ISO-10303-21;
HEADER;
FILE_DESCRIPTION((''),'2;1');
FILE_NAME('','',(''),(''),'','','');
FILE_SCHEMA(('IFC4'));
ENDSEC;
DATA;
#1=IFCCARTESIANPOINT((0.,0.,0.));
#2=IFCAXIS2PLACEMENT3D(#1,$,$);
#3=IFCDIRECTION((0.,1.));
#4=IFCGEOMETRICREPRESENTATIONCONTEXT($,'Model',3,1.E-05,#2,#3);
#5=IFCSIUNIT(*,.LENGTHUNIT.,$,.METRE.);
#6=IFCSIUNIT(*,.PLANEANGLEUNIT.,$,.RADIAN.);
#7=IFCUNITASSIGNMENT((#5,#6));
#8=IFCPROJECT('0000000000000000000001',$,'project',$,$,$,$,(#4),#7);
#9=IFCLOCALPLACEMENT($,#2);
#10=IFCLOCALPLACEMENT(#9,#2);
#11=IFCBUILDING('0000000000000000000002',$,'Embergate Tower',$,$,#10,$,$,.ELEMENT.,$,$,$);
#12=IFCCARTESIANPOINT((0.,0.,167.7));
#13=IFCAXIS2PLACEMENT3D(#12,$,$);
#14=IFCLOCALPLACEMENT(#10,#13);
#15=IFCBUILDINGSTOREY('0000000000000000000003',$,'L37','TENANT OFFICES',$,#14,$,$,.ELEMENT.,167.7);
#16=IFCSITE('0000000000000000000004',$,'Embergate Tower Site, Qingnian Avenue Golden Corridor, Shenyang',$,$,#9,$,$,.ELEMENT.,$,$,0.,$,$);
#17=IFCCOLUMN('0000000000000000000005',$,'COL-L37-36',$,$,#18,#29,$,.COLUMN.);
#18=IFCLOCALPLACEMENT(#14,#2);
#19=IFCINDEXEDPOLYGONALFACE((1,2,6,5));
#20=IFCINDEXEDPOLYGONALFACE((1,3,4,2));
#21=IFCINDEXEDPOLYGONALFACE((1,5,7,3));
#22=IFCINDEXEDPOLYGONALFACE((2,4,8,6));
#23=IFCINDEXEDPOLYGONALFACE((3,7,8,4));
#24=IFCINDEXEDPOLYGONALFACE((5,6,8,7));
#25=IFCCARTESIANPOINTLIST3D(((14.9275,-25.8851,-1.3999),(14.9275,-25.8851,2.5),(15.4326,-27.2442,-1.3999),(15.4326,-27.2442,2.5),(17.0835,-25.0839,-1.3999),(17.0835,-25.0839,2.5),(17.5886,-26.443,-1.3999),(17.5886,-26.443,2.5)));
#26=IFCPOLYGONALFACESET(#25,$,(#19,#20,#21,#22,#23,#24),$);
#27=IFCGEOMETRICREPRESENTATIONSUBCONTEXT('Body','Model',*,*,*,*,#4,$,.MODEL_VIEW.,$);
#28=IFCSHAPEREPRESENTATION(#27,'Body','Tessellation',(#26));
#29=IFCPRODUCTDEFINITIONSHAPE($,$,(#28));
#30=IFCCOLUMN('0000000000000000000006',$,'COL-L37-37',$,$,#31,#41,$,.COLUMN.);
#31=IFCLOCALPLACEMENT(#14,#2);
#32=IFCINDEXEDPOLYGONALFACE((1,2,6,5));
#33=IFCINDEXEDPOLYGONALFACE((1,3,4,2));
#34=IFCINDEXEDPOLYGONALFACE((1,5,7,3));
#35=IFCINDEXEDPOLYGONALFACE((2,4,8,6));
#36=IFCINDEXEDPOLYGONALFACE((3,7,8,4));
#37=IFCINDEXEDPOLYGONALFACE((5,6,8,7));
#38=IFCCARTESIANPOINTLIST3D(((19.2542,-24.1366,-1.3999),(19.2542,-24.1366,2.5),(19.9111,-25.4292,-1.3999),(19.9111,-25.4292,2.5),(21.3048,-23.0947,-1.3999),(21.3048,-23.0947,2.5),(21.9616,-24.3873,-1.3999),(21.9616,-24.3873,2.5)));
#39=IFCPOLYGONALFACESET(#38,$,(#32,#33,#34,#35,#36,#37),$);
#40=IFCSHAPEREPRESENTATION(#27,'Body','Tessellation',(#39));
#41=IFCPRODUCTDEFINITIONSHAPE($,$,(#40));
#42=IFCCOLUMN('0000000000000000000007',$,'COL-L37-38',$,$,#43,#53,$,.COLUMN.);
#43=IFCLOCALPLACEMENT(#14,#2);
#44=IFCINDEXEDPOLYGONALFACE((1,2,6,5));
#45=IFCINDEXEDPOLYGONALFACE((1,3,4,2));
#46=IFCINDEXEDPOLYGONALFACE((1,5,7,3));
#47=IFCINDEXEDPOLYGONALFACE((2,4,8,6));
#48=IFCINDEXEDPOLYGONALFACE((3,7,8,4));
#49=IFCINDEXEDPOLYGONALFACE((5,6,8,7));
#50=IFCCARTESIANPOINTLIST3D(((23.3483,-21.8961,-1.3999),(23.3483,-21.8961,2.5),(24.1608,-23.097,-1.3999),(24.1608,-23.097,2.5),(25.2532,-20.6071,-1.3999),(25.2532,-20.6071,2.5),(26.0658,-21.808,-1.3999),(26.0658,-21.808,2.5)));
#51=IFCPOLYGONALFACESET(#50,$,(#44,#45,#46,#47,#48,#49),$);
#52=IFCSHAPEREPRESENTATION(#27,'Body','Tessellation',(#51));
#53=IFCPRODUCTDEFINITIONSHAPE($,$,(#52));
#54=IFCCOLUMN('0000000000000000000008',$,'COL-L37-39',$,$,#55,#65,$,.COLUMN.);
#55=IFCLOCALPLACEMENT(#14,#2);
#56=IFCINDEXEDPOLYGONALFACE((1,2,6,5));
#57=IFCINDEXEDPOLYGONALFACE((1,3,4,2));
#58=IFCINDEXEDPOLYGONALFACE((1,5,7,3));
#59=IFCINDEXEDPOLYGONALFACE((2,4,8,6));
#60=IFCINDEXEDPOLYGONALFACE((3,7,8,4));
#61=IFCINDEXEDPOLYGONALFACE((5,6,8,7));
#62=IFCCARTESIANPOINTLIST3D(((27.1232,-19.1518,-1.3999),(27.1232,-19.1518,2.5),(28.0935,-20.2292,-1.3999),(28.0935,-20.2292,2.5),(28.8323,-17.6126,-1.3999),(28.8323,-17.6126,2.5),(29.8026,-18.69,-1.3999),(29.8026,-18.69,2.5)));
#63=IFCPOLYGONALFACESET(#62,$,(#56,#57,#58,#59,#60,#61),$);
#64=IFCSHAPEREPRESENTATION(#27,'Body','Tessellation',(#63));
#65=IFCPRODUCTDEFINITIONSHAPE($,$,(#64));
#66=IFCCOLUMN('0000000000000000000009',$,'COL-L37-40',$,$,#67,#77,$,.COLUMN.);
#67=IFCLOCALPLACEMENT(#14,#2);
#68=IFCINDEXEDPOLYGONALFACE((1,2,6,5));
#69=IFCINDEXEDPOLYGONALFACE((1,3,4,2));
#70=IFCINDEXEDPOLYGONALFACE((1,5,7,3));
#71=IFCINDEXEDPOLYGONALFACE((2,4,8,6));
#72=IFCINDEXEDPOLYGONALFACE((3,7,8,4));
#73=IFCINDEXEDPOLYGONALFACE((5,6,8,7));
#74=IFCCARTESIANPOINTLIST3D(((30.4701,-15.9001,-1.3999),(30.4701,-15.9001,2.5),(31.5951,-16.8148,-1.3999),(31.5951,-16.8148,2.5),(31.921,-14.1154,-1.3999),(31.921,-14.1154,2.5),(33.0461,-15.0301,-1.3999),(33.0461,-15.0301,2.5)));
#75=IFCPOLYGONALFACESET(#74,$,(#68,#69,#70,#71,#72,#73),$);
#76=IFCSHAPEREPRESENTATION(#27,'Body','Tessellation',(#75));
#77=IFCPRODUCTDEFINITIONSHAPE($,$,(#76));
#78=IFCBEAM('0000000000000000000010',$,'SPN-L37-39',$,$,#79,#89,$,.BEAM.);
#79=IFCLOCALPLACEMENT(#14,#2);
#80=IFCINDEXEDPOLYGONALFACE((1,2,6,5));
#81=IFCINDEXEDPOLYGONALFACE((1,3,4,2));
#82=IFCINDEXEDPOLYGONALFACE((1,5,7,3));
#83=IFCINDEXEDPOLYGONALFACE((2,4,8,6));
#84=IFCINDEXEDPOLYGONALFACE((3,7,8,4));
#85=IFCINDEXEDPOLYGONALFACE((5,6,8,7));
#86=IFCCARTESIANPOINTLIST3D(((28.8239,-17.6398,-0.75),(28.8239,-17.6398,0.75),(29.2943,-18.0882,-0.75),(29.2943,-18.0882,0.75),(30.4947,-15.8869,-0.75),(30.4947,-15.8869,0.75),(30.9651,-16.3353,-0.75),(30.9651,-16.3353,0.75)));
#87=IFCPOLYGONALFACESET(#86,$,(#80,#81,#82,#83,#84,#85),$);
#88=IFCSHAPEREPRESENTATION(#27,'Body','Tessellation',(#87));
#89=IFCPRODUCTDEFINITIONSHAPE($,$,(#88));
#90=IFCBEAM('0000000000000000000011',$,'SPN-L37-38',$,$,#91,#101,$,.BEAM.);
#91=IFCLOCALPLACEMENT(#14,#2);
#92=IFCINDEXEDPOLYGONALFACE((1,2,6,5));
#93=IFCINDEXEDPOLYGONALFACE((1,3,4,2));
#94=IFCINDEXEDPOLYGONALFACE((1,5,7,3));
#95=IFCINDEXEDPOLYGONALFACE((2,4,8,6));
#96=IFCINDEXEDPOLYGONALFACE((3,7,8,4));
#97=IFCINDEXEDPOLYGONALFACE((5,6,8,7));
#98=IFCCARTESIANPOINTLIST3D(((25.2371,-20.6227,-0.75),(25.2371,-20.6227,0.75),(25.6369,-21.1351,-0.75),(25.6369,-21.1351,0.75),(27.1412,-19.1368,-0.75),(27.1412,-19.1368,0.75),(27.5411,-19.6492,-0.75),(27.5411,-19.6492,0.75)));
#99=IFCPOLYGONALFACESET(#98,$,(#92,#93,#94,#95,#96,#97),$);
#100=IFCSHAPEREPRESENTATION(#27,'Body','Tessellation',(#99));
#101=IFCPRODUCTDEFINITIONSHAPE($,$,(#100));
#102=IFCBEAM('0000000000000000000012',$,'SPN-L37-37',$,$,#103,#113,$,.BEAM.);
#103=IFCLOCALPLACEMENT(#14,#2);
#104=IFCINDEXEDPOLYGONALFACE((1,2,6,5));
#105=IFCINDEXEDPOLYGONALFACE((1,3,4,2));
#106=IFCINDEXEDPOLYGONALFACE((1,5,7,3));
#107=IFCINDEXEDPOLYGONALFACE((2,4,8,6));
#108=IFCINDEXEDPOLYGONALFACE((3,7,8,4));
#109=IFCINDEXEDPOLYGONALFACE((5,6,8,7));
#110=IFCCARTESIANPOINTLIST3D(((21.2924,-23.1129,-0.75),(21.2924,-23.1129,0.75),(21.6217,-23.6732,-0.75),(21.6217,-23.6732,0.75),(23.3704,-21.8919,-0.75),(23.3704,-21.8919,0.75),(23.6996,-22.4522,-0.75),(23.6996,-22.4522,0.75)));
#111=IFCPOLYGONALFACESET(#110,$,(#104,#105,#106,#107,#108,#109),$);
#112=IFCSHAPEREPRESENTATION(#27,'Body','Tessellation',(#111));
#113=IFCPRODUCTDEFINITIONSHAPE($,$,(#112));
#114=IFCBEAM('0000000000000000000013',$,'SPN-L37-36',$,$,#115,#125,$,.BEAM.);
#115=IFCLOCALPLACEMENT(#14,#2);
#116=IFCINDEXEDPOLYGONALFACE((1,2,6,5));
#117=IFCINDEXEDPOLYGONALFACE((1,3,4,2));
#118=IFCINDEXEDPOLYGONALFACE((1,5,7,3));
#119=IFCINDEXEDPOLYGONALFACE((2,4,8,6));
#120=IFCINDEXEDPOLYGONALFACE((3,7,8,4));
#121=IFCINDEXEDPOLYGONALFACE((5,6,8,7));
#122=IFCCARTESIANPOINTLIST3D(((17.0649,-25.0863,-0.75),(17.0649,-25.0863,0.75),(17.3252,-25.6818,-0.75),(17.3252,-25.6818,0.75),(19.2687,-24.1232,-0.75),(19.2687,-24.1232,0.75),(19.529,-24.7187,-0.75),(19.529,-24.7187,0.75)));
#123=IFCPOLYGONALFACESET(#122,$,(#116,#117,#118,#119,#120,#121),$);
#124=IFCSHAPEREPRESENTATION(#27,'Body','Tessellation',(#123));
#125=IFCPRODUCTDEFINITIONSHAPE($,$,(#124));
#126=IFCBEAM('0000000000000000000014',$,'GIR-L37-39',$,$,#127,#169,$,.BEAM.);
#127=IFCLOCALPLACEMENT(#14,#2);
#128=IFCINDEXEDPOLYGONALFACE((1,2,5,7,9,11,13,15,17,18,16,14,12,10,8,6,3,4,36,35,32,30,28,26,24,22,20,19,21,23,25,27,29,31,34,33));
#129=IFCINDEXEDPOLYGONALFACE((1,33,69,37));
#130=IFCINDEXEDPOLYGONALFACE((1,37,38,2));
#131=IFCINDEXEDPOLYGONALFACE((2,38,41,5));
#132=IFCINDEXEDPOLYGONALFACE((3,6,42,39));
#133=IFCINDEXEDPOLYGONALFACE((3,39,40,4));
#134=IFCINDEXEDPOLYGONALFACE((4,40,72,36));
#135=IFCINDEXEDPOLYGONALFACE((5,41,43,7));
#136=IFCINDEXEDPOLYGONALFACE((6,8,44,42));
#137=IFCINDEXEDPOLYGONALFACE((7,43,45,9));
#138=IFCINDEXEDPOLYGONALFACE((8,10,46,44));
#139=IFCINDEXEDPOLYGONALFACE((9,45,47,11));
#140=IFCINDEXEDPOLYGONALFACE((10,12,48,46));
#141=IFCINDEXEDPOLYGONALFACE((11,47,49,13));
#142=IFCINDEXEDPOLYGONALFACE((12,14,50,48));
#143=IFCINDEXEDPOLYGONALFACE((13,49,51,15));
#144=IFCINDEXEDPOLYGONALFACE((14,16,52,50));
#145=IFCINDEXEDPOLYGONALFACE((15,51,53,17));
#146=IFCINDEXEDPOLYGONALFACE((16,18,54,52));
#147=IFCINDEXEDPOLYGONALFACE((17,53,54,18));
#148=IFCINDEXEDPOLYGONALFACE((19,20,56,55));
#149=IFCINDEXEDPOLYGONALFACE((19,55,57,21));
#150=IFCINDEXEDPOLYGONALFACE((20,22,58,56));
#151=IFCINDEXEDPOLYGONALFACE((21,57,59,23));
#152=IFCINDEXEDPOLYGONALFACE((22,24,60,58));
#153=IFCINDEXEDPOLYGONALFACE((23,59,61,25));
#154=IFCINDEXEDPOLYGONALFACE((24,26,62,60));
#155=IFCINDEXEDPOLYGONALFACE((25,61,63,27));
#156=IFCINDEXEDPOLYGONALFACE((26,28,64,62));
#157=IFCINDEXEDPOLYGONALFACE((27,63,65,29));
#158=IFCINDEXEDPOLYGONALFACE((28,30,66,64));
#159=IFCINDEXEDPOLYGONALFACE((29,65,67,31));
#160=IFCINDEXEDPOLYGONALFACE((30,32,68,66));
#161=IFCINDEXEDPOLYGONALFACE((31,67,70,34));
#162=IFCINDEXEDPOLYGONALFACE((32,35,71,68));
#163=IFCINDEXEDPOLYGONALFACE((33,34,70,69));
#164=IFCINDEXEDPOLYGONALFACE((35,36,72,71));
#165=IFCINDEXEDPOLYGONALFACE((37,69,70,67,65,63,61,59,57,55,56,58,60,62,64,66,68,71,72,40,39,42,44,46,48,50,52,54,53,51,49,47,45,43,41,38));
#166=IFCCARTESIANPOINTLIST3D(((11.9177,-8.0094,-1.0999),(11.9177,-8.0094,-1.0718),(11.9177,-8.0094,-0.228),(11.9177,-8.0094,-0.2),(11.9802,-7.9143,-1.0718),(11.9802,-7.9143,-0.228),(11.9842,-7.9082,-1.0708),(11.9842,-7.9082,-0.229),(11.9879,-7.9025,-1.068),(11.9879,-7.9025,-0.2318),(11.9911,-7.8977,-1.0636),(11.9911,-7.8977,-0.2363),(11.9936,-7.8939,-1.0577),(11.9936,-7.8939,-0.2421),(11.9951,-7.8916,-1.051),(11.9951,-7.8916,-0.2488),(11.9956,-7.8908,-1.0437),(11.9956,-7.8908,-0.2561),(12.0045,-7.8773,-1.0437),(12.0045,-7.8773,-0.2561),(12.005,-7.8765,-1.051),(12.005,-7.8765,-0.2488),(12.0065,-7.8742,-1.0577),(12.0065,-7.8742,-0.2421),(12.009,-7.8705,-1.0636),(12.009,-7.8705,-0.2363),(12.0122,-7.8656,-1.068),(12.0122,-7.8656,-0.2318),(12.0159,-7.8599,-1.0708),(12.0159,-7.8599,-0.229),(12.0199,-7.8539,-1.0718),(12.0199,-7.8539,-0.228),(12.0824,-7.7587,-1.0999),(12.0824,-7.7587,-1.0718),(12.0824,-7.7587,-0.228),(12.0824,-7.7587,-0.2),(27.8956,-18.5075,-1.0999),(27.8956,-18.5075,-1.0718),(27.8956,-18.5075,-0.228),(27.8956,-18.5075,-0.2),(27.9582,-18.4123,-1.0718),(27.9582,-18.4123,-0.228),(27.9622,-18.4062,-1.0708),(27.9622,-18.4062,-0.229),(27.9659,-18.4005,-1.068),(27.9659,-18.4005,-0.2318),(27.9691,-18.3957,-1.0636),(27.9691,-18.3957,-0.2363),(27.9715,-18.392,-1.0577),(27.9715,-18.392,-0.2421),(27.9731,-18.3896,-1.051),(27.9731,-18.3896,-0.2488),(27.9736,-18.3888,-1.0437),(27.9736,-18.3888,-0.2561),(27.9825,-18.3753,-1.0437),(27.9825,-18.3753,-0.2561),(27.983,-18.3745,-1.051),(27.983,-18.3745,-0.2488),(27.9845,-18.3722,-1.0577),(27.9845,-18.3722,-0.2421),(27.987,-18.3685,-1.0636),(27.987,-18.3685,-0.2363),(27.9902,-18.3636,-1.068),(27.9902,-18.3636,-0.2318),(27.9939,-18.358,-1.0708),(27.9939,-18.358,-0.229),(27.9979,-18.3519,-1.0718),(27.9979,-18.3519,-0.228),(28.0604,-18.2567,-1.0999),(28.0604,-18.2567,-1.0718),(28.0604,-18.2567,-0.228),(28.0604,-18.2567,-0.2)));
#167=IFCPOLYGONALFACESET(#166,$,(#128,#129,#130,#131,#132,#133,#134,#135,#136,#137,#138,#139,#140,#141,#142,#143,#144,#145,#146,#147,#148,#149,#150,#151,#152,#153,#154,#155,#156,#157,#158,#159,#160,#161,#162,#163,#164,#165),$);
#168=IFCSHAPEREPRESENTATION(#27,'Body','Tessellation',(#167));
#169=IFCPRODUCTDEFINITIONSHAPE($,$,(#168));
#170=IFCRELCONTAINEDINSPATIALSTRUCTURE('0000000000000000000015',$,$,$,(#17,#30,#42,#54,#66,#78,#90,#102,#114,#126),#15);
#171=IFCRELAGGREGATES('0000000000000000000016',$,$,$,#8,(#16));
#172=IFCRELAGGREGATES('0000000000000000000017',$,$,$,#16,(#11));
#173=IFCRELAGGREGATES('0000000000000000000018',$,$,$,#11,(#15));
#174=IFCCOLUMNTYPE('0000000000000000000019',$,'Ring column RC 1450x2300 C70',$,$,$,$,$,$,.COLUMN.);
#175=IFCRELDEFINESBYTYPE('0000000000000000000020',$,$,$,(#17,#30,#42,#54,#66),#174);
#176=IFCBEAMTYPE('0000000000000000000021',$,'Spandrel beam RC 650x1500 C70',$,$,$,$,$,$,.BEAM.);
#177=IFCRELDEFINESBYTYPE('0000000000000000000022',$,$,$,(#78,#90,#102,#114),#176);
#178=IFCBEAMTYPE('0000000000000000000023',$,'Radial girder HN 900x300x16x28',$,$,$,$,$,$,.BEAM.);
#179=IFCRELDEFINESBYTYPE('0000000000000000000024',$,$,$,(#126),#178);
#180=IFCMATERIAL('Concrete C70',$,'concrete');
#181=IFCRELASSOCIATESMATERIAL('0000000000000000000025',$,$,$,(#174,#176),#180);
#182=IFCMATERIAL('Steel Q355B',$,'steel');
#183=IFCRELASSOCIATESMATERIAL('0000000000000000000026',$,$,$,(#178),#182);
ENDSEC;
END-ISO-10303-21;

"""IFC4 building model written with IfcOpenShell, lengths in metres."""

from ifc_helpers import new_model, si_unit, direction, frame, origin, origin_2d, place, context, subcontext, project, spatial, rectangle, i_section, extrude, source, transform, mapped, material, material_profile, profile_set, type_object, element, save


model = new_model("IFC4")

# Units and contexts
model_context = context("Model", 3, precision=1e-05, world=origin(), true_north=direction((0.0, 1.0)))
body_context = subcontext(model_context, "Body", "Model", "MODEL_VIEW")
ifc_project = project(units=[si_unit("LENGTHUNIT", "METRE"), si_unit("PLANEANGLEUNIT", "RADIAN")], contexts=[model_context])

# Site, building, storey
site_placement = place(None, origin())
site = spatial("IfcSite", under=ifc_project, at=site_placement, Name="Embergate Tower Site, Qingnian Avenue Golden Corridor, Shenyang", CompositionType="ELEMENT", RefElevation=0.0)
building_placement = place(site_placement, origin())
building = spatial("IfcBuilding", under=site, at=building_placement, Name="Embergate Tower", CompositionType="ELEMENT")
storey_placement = place(building_placement, frame((0.0, 0.0, 167.7)))
storey = spatial("IfcBuildingStorey", under=building, at=storey_placement, Name="L37", Description="TENANT OFFICES", CompositionType="ELEMENT", Elevation=167.7)

# Columns
ifc_material_1 = material(Name="Concrete C70", Category="concrete")
ifc_material_profile_1 = material_profile(ifc_material_1, rectangle(XDim=1.45, YDim=2.3, at=origin_2d()), Name="RC 1450x2300")
ifc_profile_set_1 = profile_set([ifc_material_profile_1], Name="Concrete C70")
column_type = type_object("IfcColumnType", Name="Ring column RC 1450x2300 C70", PredefinedType="COLUMN", material=ifc_profile_set_1)
shared_shape_1 = source(origin(), body_context, "Body", "SweptSolid", [
    extrude(rectangle(XDim=1.45, YDim=2.3, at=origin_2d()), origin(), (0.0, 0.0, 1.0), 3.8999),
])
for number, where, z_axis, x_axis, name in (
    (1, (16.2581, -26.1641, -1.3999), (0.0, 0.0, 1.0), (0.348343, -0.937367, 0.0), "COL-L37-36"),
    (2, (20.6079, -24.262, -1.3999), (0.0, 0.0, 1.0), (0.452995, -0.891513, 0.0), "COL-L37-37"),
    (3, (24.707, -21.8521, -1.3999), (0.0, 0.0, 1.0), (0.560393, -0.828227, 0.0), "COL-L37-38"),
    (4, (28.4629, -18.9209, -1.3999), (0.0, 0.0, 1.0), (0.669208, -0.743075, 0.0), "COL-L37-39"),
    (5, (31.7581, -15.4651, -1.3999), (0.0, 0.0, 1.0), (0.775914, -0.630838, 0.0), "COL-L37-40"),
):
    element("IfcColumn", number, at=place(storey_placement, frame(where, z_axis=z_axis, x_axis=x_axis)), inside=storey, type_object=column_type, Name=name, PredefinedType="COLUMN", context=body_context, shape_type="MappedRepresentation", body=[
        mapped(shared_shape_1, transform((0.0, 0.0, 0.0))),
    ])

# Beams
ifc_material_profile_2 = material_profile(ifc_material_1, rectangle(XDim=0.6499, YDim=1.5, at=origin_2d()), Name="RC 650x1500")
ifc_profile_set_2 = profile_set([ifc_material_profile_2], Name="Concrete C70")
beam_type_1 = type_object("IfcBeamType", Name="Spandrel beam RC 650x1500 C70", PredefinedType="BEAM", material=ifc_profile_set_2)
shared_shape_2 = source(origin(), body_context, "Body", "SweptSolid", [
    extrude(rectangle(XDim=0.6499, YDim=1.5, at=origin_2d()), origin(), (0.0, 0.0, 1.0), 2.4216),
])
beam_1_placement = place(storey_placement, frame((29.0591, -17.864, 0.0), z_axis=(0.689967, 0.723841, 0.0), x_axis=(-0.723841, 0.689967, 0.0)))
element("IfcBeam", 6, at=beam_1_placement, inside=storey, type_object=beam_type_1, Name="SPN-L37-39", PredefinedType="BEAM", context=body_context, shape_type="MappedRepresentation", body=[
    mapped(shared_shape_2, transform((0.0, 0.0, 0.0))),
])
shared_shape_3 = source(origin(), body_context, "Body", "SweptSolid", [
    extrude(rectangle(XDim=0.6499, YDim=1.5, at=origin_2d()), origin(), (0.0, 0.0, 1.0), 2.4153),
])
beam_2_placement = place(storey_placement, frame((25.437, -20.8789, 0.0), z_axis=(0.788366, 0.615207, 0.0), x_axis=(-0.615207, 0.788366, 0.0)))
element("IfcBeam", 7, at=beam_2_placement, inside=storey, type_object=beam_type_1, Name="SPN-L37-38", PredefinedType="BEAM", context=body_context, shape_type="MappedRepresentation", body=[
    mapped(shared_shape_3, transform((0.0, 0.0, 0.0))),
])
shared_shape_4 = source(origin(), body_context, "Body", "SweptSolid", [
    extrude(rectangle(XDim=0.6499, YDim=1.5, at=origin_2d()), origin(), (0.0, 0.0, 1.0), 2.4102),
])
beam_3_placement = place(storey_placement, frame((21.457, -23.3931, 0.0), z_axis=(0.862176, 0.506608, 0.0), x_axis=(-0.506608, 0.862176, 0.0)))
element("IfcBeam", 8, at=beam_3_placement, inside=storey, type_object=beam_type_1, Name="SPN-L37-37", PredefinedType="BEAM", context=body_context, shape_type="MappedRepresentation", body=[
    mapped(shared_shape_4, transform((0.0, 0.0, 0.0))),
])
shared_shape_5 = source(origin(), body_context, "Body", "SweptSolid", [
    extrude(rectangle(XDim=0.6499, YDim=1.5, at=origin_2d()), origin(), (0.0, 0.0, 1.0), 2.405),
])
beam_4_placement = place(storey_placement, frame((17.1951, -25.384, 0.0), z_axis=(0.916318, 0.400451, 0.0), x_axis=(-0.400451, 0.916318, 0.0)))
element("IfcBeam", 9, at=beam_4_placement, inside=storey, type_object=beam_type_1, Name="SPN-L37-36", PredefinedType="BEAM", context=body_context, shape_type="MappedRepresentation", body=[
    mapped(shared_shape_5, transform((0.0, 0.0, 0.0))),
])
ifc_material_2 = material(Name="Steel Q355B", Category="steel")
ifc_material_profile_3 = material_profile(ifc_material_2, i_section(OverallWidth=0.3, OverallDepth=0.8999, WebThickness=0.0161, FlangeThickness=0.0281, FilletRadius=0.0281, at=origin_2d()), Name="HN 900x300x16x28")
ifc_profile_set_3 = profile_set([ifc_material_profile_3], Name="Steel Q355 grade B")
beam_type_2 = type_object("IfcBeamType", Name="Radial girder HN 900x300x16x28", PredefinedType="BEAM", material=ifc_profile_set_3)
shared_shape_6 = source(origin(), body_context, "Body", "SweptSolid", [
    extrude(i_section(OverallWidth=0.3, OverallDepth=0.8999, WebThickness=0.0161, FlangeThickness=0.0281, FilletRadius=0.0281, at=origin_2d()), origin(), (0.0, 0.0, 1.0), 19.1182),
])
beam_5_placement = place(storey_placement, frame((27.978, -18.3821, -0.6499), z_axis=(-0.835749, 0.549112, 0.0), x_axis=(-0.549112, -0.835749, 0.0)))
element("IfcBeam", 10, at=beam_5_placement, inside=storey, type_object=beam_type_2, Name="GIR-L37-39", PredefinedType="BEAM", context=body_context, shape_type="MappedRepresentation", body=[
    mapped(shared_shape_6, transform((0.0, 0.0, 0.0))),
])

save(model, "model.ifc")
